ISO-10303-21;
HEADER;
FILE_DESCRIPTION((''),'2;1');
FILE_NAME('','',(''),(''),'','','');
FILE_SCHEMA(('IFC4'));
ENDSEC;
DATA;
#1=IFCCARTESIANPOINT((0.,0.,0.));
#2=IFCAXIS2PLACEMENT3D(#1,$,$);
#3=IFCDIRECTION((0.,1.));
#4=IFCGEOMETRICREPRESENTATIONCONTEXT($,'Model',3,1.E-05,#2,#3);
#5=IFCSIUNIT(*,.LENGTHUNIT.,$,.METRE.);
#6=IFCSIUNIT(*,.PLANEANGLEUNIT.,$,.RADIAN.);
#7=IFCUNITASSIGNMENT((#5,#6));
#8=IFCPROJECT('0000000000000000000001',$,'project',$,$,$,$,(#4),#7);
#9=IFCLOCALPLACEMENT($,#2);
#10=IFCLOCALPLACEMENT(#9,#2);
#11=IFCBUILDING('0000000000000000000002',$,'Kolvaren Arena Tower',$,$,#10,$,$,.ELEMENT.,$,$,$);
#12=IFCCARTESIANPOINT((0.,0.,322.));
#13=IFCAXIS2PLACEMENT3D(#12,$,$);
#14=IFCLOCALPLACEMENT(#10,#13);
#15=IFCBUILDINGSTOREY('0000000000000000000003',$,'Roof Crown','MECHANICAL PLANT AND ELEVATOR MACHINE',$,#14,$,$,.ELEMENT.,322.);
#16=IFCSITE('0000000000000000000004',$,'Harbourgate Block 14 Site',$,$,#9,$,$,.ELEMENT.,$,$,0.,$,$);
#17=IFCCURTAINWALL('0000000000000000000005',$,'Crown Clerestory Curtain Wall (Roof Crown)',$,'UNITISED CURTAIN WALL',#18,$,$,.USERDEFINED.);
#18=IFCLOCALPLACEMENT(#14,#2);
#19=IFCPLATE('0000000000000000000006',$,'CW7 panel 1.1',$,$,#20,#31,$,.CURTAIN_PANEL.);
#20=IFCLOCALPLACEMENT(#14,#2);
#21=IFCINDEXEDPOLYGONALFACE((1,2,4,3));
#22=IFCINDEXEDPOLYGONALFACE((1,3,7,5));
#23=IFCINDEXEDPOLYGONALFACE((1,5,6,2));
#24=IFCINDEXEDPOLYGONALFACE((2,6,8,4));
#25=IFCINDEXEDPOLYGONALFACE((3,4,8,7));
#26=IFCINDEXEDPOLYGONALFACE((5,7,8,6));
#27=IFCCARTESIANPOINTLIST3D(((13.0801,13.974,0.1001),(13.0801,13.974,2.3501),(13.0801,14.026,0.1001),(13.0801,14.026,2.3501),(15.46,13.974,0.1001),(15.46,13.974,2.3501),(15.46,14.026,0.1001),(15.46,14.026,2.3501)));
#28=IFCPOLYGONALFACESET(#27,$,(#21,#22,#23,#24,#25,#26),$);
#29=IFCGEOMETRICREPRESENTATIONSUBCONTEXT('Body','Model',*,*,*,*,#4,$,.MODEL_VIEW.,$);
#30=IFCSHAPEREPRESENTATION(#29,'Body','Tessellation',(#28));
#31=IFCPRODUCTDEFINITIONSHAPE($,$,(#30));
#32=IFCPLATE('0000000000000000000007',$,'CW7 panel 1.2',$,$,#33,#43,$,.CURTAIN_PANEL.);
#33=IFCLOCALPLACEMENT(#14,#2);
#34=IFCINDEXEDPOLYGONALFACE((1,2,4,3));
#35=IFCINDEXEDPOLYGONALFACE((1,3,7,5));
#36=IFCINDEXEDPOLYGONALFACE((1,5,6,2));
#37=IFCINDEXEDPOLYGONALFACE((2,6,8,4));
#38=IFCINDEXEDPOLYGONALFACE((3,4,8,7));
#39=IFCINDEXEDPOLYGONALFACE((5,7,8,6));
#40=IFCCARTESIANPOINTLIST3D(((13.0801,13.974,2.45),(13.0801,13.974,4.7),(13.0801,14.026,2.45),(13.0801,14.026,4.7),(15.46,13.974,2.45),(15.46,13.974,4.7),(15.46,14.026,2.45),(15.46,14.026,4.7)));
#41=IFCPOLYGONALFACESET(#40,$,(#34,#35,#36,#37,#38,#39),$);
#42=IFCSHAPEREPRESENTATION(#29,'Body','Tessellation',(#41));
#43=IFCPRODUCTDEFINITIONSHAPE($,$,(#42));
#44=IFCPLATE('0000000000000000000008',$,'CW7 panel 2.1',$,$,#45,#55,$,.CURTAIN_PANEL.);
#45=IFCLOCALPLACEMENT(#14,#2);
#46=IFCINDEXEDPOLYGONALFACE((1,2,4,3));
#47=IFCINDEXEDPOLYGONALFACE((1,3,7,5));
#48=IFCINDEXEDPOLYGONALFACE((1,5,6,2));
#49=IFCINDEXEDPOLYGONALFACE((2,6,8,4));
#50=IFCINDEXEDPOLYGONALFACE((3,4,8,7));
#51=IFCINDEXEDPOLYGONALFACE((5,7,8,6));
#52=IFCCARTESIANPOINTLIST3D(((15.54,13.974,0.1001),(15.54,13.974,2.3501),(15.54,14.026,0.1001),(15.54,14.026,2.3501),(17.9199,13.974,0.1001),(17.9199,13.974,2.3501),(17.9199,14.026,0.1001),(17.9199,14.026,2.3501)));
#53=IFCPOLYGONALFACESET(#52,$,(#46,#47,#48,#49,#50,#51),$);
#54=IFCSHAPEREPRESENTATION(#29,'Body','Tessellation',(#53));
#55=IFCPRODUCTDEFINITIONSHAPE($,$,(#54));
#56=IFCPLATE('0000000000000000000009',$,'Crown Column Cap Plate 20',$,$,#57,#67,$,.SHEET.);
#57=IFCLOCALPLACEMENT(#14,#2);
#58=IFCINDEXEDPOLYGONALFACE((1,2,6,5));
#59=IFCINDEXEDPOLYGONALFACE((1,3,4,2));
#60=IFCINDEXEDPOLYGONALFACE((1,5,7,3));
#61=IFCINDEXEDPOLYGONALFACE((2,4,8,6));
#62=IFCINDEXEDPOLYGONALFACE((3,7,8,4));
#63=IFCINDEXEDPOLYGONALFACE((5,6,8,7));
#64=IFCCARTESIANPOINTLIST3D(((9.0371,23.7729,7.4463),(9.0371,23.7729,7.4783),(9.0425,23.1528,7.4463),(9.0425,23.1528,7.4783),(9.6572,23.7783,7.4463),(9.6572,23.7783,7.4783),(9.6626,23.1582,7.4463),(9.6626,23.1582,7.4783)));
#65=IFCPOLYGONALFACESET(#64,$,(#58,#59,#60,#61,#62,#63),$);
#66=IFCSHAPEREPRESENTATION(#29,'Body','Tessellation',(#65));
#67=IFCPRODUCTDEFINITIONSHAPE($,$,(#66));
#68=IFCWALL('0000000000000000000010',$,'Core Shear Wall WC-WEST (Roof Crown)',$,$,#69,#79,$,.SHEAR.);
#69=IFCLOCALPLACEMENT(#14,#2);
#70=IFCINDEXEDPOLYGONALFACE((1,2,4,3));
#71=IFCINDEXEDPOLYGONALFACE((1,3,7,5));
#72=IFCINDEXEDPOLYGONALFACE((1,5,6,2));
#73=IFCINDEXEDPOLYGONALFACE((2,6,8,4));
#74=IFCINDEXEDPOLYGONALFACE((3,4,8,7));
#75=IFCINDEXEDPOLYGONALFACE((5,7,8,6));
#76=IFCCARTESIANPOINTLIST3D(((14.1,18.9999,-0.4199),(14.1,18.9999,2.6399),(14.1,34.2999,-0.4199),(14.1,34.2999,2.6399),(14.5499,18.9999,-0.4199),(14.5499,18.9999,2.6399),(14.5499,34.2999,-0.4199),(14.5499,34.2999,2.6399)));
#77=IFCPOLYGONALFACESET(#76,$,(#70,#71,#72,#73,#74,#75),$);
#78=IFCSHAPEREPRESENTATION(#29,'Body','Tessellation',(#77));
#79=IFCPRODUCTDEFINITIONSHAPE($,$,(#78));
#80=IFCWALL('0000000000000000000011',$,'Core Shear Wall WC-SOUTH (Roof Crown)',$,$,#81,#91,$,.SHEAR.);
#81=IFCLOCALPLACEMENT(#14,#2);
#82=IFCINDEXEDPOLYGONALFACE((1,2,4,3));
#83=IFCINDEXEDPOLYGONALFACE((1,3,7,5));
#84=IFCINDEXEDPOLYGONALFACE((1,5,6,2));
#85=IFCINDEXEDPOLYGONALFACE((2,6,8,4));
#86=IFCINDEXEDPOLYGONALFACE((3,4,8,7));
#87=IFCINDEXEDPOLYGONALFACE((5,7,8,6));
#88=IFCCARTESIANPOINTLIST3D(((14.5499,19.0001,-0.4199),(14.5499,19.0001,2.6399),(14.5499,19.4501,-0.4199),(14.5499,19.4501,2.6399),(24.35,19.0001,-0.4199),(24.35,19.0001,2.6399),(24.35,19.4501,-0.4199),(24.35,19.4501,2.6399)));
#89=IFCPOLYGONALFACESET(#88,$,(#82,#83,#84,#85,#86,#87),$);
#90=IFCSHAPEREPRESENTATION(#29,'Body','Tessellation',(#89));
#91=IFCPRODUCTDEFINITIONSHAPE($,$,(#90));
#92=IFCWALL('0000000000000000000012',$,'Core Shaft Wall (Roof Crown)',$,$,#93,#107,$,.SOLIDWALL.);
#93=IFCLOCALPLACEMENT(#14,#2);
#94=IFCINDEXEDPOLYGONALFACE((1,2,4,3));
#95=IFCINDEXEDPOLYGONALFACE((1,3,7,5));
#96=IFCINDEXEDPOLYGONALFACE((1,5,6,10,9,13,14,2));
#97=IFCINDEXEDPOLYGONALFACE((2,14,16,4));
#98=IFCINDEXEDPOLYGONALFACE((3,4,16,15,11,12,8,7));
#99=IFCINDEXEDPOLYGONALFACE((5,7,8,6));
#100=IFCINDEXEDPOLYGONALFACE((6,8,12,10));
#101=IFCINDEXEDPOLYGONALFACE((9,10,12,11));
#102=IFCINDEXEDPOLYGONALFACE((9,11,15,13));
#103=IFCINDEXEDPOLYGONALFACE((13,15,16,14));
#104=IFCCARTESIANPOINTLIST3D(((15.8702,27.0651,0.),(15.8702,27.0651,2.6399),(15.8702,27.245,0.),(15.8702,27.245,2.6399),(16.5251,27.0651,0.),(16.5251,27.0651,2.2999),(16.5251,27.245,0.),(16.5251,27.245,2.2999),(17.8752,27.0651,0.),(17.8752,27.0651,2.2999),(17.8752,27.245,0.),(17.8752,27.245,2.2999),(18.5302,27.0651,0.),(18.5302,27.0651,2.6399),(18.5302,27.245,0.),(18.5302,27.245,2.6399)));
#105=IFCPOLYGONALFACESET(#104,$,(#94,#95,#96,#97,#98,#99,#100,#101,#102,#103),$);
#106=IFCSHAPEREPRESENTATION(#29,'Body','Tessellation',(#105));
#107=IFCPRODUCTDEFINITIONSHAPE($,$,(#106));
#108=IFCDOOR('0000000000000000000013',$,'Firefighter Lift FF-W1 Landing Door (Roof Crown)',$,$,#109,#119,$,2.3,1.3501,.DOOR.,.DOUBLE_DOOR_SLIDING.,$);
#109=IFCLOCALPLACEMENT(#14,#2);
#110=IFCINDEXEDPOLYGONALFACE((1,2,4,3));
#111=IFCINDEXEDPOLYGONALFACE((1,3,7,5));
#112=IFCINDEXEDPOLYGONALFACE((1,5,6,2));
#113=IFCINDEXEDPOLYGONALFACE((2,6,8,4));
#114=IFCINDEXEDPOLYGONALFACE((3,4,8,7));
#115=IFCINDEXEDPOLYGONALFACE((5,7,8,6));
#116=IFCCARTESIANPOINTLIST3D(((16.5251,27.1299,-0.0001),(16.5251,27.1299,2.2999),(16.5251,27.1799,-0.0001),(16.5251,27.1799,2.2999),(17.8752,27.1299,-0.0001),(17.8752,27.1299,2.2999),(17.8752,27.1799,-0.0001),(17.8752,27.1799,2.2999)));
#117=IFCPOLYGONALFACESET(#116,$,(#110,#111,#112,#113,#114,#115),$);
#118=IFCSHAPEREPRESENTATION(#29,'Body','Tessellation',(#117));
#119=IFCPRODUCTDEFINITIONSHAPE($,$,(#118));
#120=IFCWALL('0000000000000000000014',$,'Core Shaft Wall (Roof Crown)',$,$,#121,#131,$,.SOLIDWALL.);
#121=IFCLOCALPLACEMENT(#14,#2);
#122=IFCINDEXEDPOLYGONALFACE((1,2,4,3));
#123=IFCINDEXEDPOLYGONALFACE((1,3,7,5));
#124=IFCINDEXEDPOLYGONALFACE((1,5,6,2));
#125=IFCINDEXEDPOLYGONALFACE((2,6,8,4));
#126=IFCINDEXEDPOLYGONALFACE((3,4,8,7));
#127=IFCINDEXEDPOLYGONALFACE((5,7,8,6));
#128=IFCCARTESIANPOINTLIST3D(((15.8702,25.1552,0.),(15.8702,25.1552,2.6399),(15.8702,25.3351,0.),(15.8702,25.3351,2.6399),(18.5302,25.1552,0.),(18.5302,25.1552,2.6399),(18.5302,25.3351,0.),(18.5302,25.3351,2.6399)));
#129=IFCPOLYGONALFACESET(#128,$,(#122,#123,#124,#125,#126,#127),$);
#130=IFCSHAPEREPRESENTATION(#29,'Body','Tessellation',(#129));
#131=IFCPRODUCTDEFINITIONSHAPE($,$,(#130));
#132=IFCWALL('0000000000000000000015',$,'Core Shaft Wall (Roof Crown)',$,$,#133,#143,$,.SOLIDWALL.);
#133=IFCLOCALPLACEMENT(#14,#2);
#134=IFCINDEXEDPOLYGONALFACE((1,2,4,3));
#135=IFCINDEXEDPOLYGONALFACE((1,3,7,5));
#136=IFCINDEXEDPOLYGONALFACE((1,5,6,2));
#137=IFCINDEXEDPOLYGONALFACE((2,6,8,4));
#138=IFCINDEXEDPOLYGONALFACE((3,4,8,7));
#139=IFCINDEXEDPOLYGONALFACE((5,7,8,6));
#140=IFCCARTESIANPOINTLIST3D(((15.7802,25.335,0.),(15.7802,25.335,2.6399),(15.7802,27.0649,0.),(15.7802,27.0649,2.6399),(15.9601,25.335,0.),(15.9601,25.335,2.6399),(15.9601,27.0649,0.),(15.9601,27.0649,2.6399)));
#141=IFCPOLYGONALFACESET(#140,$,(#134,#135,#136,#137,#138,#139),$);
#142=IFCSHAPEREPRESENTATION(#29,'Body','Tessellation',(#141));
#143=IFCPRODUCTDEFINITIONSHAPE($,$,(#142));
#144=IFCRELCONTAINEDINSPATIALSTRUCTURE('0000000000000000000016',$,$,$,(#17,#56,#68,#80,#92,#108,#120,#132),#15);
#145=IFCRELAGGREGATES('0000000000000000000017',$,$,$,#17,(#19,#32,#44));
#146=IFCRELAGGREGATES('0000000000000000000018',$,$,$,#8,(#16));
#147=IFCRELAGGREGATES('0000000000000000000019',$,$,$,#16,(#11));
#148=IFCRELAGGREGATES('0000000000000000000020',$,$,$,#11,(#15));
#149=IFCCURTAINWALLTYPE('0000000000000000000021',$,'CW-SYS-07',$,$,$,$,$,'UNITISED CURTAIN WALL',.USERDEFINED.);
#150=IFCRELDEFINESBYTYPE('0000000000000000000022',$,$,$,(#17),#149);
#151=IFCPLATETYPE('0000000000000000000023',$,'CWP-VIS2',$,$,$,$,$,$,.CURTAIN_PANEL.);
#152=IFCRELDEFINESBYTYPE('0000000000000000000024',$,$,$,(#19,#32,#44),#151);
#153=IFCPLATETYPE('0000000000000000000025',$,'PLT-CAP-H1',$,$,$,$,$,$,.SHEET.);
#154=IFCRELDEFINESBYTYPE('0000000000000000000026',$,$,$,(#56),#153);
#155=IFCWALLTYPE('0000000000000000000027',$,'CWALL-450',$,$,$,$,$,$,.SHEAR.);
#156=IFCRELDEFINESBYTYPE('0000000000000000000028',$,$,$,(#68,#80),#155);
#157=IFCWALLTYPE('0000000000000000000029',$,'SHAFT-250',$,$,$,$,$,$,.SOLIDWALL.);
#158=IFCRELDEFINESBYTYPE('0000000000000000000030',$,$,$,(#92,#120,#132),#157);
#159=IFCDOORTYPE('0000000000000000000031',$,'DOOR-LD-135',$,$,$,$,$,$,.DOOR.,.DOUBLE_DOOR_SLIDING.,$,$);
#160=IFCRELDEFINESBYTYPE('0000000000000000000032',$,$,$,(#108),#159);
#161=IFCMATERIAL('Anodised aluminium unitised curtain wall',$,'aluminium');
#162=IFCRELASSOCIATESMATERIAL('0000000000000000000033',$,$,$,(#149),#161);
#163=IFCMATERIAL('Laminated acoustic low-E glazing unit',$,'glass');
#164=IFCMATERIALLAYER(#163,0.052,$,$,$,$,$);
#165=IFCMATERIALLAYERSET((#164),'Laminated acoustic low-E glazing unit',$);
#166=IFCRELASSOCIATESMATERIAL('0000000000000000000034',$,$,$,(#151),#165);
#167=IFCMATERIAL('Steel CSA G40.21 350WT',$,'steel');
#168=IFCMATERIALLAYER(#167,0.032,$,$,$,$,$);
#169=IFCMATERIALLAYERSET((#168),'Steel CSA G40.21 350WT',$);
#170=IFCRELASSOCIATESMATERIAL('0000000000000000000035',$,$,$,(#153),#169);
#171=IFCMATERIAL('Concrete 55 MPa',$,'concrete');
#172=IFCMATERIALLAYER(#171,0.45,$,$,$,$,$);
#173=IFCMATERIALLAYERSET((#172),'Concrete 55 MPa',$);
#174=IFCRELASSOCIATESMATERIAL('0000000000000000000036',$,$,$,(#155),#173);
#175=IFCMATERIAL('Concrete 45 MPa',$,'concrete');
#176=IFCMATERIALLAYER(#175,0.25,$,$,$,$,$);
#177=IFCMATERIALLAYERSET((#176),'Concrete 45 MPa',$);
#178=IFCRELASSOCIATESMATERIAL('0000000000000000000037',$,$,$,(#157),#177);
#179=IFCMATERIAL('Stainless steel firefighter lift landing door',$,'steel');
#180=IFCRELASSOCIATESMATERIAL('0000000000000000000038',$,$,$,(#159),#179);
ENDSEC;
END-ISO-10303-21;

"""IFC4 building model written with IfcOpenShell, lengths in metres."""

from ifc_helpers import new_model, si_unit, direction, frame, frame_2d, origin, origin_2d, place, context, subcontext, project, spatial, rectangle, extrude, material, layer, layer_set, type_object, element, fill, aggregate, save


model = new_model("IFC4")

# Units and contexts
model_context = context("Model", 3, precision=1e-05, world=origin(), true_north=direction((0.0, 1.0)))
body_context = subcontext(model_context, "Body", "Model", "MODEL_VIEW")
ifc_project = project(units=[si_unit("LENGTHUNIT", "METRE"), si_unit("PLANEANGLEUNIT", "RADIAN")], contexts=[model_context])

# Site, building, storey
site_placement = place(None, origin())
site = spatial("IfcSite", under=ifc_project, at=site_placement, Name="Harbourgate Block 14 Site", CompositionType="ELEMENT", RefElevation=0.0)
building_placement = place(site_placement, origin())
building = spatial("IfcBuilding", under=site, at=building_placement, Name="Kolvaren Arena Tower", CompositionType="ELEMENT")
storey_placement = place(building_placement, frame((0.0, 0.0, 322.0)))
storey = spatial("IfcBuildingStorey", under=building, at=storey_placement, Name="Roof Crown", Description="MECHANICAL PLANT AND ELEVATOR MACHINE", CompositionType="ELEMENT", Elevation=322.0)

# Curtain wall
ifc_material_1 = material(Name="Anodised aluminium unitised curtain wall", Category="aluminium")
curtain_wall_type = type_object("IfcCurtainWallType", Name="CW-SYS-07", ElementType="UNITISED CURTAIN WALL", PredefinedType="USERDEFINED", material=ifc_material_1)
curtain_wall_placement = place(storey_placement, origin())
curtain_wall = element("IfcCurtainWall", 1, at=curtain_wall_placement, inside=storey, type_object=curtain_wall_type, Name="Crown Clerestory Curtain Wall (Roof Crown)", ObjectType="UNITISED CURTAIN WALL", PredefinedType="USERDEFINED")

# Plates
ifc_material_2 = material(Name="Laminated acoustic low-E glazing unit", Category="glass")
ifc_layer_1 = layer(ifc_material_2, 0.052)
ifc_layer_set_1 = layer_set([ifc_layer_1], Name="Laminated acoustic low-E glazing unit")
plate_type_1 = type_object("IfcPlateType", Name="CWP-VIS2", PredefinedType="CURTAIN_PANEL", material=ifc_layer_set_1)
plate_1_placement = place(storey_placement, frame((14.27, 14.0, 0.1001), z_axis=(0.0, 0.0, 1.0), x_axis=(1.0, 0.0, 0.0)))
plate_1 = element("IfcPlate", 2, at=plate_1_placement, type_object=plate_type_1, Name="CW7 panel 1.1", PredefinedType="CURTAIN_PANEL", context=body_context, shape_type="SweptSolid", body=[
    extrude(rectangle(XDim=2.3799, YDim=0.052, at=origin_2d()), origin(), (0.0, 0.0, 1.0), 2.25),
])
plate_2_placement = place(storey_placement, frame((14.27, 14.0, 2.45), z_axis=(0.0, 0.0, 1.0), x_axis=(1.0, 0.0, 0.0)))
plate_2 = element("IfcPlate", 3, at=plate_2_placement, type_object=plate_type_1, Name="CW7 panel 1.2", PredefinedType="CURTAIN_PANEL", context=body_context, shape_type="SweptSolid", body=[
    extrude(rectangle(XDim=2.3799, YDim=0.052, at=origin_2d()), origin(), (0.0, 0.0, 1.0), 2.25),
])
plate_3_placement = place(storey_placement, frame((16.73, 14.0, 0.1001), z_axis=(0.0, 0.0, 1.0), x_axis=(1.0, 0.0, 0.0)))
plate_3 = element("IfcPlate", 4, at=plate_3_placement, type_object=plate_type_1, Name="CW7 panel 2.1", PredefinedType="CURTAIN_PANEL", context=body_context, shape_type="SweptSolid", body=[
    extrude(rectangle(XDim=2.3799, YDim=0.052, at=origin_2d()), origin(), (0.0, 0.0, 1.0), 2.25),
])
aggregate(curtain_wall, [plate_1, plate_2, plate_3])
ifc_material_3 = material(Name="Steel CSA G40.21 350WT", Category="steel")
ifc_layer_2 = layer(ifc_material_3, 0.032)
ifc_layer_set_2 = layer_set([ifc_layer_2], Name="Steel CSA G40.21 350WT")
plate_type_2 = type_object("IfcPlateType", Name="PLT-CAP-H1", PredefinedType="SHEET", material=ifc_layer_set_2)
plate_4_placement = place(storey_placement, frame((9.3499, 23.4656, 7.4463), z_axis=(0.0, 0.0, 1.0), x_axis=(-0.008727, 0.999962, 0.0)))
element("IfcPlate", 5, at=plate_4_placement, inside=storey, type_object=plate_type_2, Name="Crown Column Cap Plate 20", PredefinedType="SHEET", context=body_context, shape_type="SweptSolid", body=[
    extrude(rectangle(XDim=0.6201, YDim=0.6201, at=origin_2d()), origin(), (0.0, 0.0, 1.0), 0.032),
])

# Walls
ifc_material_4 = material(Name="Concrete 55 MPa", Category="concrete")
ifc_layer_3 = layer(ifc_material_4, 0.45)
ifc_layer_set_3 = layer_set([ifc_layer_3], Name="Concrete 55 MPa")
wall_type_1 = type_object("IfcWallType", Name="CWALL-450", PredefinedType="SHEAR", material=ifc_layer_set_3)
wall_1_placement = place(storey_placement, frame((14.325, 19.0, -0.4199), z_axis=(0.0, 0.0, 1.0), x_axis=(0.0, 1.0, 0.0)))
element("IfcWall", 6, at=wall_1_placement, inside=storey, type_object=wall_type_1, Name="Core Shear Wall WC-WEST (Roof Crown)", PredefinedType="SHEAR", context=body_context, shape_type="SweptSolid", body=[
    extrude(rectangle(XDim=15.3, YDim=0.45, at=frame_2d((7.6499, 0.0))), origin(), (0.0, 0.0, 1.0), 3.0598),
])
wall_2_placement = place(storey_placement, frame((14.55, 19.2251, -0.4199), z_axis=(0.0, 0.0, 1.0), x_axis=(1.0, 0.0, 0.0)))
element("IfcWall", 7, at=wall_2_placement, inside=storey, type_object=wall_type_1, Name="Core Shear Wall WC-SOUTH (Roof Crown)", PredefinedType="SHEAR", context=body_context, shape_type="SweptSolid", body=[
    extrude(rectangle(XDim=9.8, YDim=0.45, at=frame_2d((4.8999, 0.0))), origin(), (0.0, 0.0, 1.0), 3.0598),
])

# Wall, opening, door
ifc_material_5 = material(Name="Concrete 45 MPa", Category="concrete")
ifc_layer_4 = layer(ifc_material_5, 0.25)
ifc_layer_set_4 = layer_set([ifc_layer_4], Name="Concrete 45 MPa")
wall_type_2 = type_object("IfcWallType", Name="SHAFT-250", PredefinedType="SOLIDWALL", material=ifc_layer_set_4)
wall_3_placement = place(storey_placement, frame((15.8701, 27.155, 0.0), z_axis=(0.0, 0.0, 1.0), x_axis=(1.0, 0.0, 0.0)))
wall_3 = element("IfcWall", 8, at=wall_3_placement, inside=storey, type_object=wall_type_2, Name="Core Shaft Wall (Roof Crown)", PredefinedType="SOLIDWALL", context=body_context, shape_type="SweptSolid", body=[
    extrude(rectangle(XDim=2.6599, YDim=0.1799, at=frame_2d((1.3301, 0.0))), origin(), (0.0, 0.0, 1.0), 2.6399),
])
opening_placement = place(wall_3_placement, frame((0.655, 0.0, 0.0)))
opening = element("IfcOpeningElement", 9, at=opening_placement, cuts=wall_3, PredefinedType="OPENING", context=body_context, shape_type="SweptSolid", body=[
    extrude(rectangle(XDim=1.3501, YDim=2.3, at=frame_2d((0.675, 1.1499))), frame((0.0, 0.0999, 0.0), z_axis=(0.0, -1.0, 0.0), x_axis=(1.0, 0.0, 0.0)), (0.0, 0.0, 1.0), 0.2),
])
ifc_material_6 = material(Name="Stainless steel firefighter lift landing door", Category="steel")
door_type = type_object("IfcDoorType", Name="DOOR-LD-135", OperationType="DOUBLE_DOOR_SLIDING", PredefinedType="DOOR", material=ifc_material_6)
door_placement = place(opening_placement, origin())
door = element("IfcDoor", 10, at=door_placement, inside=storey, type_object=door_type, Name="Firefighter Lift FF-W1 Landing Door (Roof Crown)", OperationType="DOUBLE_DOOR_SLIDING", OverallHeight=2.3, OverallWidth=1.3501, PredefinedType="DOOR", context=body_context, shape_type="SweptSolid", body=[
    extrude(rectangle(XDim=1.3501, YDim=2.3, at=frame_2d((0.675, 1.1499))), frame((0.0, 0.0249, 0.0), z_axis=(0.0, -1.0, 0.0), x_axis=(1.0, 0.0, 0.0)), (0.0, 0.0, 1.0), 0.05),
])
fill(opening, door)

# Walls
wall_4_placement = place(storey_placement, frame((15.8701, 25.2451, 0.0), z_axis=(0.0, 0.0, 1.0), x_axis=(1.0, 0.0, 0.0)))
element("IfcWall", 11, at=wall_4_placement, inside=storey, type_object=wall_type_2, Name="Core Shaft Wall (Roof Crown)", PredefinedType="SOLIDWALL", context=body_context, shape_type="SweptSolid", body=[
    extrude(rectangle(XDim=2.6599, YDim=0.1799, at=frame_2d((1.3301, 0.0))), origin(), (0.0, 0.0, 1.0), 2.6399),
])
wall_5_placement = place(storey_placement, frame((15.8701, 25.335, 0.0), z_axis=(0.0, 0.0, 1.0), x_axis=(0.0, 1.0, 0.0)))
element("IfcWall", 12, at=wall_5_placement, inside=storey, type_object=wall_type_2, Name="Core Shaft Wall (Roof Crown)", PredefinedType="SOLIDWALL", context=body_context, shape_type="SweptSolid", body=[
    extrude(rectangle(XDim=1.73, YDim=0.1799, at=frame_2d((0.865, 0.0))), origin(), (0.0, 0.0, 1.0), 2.6399),
])

save(model, "model.ifc")
